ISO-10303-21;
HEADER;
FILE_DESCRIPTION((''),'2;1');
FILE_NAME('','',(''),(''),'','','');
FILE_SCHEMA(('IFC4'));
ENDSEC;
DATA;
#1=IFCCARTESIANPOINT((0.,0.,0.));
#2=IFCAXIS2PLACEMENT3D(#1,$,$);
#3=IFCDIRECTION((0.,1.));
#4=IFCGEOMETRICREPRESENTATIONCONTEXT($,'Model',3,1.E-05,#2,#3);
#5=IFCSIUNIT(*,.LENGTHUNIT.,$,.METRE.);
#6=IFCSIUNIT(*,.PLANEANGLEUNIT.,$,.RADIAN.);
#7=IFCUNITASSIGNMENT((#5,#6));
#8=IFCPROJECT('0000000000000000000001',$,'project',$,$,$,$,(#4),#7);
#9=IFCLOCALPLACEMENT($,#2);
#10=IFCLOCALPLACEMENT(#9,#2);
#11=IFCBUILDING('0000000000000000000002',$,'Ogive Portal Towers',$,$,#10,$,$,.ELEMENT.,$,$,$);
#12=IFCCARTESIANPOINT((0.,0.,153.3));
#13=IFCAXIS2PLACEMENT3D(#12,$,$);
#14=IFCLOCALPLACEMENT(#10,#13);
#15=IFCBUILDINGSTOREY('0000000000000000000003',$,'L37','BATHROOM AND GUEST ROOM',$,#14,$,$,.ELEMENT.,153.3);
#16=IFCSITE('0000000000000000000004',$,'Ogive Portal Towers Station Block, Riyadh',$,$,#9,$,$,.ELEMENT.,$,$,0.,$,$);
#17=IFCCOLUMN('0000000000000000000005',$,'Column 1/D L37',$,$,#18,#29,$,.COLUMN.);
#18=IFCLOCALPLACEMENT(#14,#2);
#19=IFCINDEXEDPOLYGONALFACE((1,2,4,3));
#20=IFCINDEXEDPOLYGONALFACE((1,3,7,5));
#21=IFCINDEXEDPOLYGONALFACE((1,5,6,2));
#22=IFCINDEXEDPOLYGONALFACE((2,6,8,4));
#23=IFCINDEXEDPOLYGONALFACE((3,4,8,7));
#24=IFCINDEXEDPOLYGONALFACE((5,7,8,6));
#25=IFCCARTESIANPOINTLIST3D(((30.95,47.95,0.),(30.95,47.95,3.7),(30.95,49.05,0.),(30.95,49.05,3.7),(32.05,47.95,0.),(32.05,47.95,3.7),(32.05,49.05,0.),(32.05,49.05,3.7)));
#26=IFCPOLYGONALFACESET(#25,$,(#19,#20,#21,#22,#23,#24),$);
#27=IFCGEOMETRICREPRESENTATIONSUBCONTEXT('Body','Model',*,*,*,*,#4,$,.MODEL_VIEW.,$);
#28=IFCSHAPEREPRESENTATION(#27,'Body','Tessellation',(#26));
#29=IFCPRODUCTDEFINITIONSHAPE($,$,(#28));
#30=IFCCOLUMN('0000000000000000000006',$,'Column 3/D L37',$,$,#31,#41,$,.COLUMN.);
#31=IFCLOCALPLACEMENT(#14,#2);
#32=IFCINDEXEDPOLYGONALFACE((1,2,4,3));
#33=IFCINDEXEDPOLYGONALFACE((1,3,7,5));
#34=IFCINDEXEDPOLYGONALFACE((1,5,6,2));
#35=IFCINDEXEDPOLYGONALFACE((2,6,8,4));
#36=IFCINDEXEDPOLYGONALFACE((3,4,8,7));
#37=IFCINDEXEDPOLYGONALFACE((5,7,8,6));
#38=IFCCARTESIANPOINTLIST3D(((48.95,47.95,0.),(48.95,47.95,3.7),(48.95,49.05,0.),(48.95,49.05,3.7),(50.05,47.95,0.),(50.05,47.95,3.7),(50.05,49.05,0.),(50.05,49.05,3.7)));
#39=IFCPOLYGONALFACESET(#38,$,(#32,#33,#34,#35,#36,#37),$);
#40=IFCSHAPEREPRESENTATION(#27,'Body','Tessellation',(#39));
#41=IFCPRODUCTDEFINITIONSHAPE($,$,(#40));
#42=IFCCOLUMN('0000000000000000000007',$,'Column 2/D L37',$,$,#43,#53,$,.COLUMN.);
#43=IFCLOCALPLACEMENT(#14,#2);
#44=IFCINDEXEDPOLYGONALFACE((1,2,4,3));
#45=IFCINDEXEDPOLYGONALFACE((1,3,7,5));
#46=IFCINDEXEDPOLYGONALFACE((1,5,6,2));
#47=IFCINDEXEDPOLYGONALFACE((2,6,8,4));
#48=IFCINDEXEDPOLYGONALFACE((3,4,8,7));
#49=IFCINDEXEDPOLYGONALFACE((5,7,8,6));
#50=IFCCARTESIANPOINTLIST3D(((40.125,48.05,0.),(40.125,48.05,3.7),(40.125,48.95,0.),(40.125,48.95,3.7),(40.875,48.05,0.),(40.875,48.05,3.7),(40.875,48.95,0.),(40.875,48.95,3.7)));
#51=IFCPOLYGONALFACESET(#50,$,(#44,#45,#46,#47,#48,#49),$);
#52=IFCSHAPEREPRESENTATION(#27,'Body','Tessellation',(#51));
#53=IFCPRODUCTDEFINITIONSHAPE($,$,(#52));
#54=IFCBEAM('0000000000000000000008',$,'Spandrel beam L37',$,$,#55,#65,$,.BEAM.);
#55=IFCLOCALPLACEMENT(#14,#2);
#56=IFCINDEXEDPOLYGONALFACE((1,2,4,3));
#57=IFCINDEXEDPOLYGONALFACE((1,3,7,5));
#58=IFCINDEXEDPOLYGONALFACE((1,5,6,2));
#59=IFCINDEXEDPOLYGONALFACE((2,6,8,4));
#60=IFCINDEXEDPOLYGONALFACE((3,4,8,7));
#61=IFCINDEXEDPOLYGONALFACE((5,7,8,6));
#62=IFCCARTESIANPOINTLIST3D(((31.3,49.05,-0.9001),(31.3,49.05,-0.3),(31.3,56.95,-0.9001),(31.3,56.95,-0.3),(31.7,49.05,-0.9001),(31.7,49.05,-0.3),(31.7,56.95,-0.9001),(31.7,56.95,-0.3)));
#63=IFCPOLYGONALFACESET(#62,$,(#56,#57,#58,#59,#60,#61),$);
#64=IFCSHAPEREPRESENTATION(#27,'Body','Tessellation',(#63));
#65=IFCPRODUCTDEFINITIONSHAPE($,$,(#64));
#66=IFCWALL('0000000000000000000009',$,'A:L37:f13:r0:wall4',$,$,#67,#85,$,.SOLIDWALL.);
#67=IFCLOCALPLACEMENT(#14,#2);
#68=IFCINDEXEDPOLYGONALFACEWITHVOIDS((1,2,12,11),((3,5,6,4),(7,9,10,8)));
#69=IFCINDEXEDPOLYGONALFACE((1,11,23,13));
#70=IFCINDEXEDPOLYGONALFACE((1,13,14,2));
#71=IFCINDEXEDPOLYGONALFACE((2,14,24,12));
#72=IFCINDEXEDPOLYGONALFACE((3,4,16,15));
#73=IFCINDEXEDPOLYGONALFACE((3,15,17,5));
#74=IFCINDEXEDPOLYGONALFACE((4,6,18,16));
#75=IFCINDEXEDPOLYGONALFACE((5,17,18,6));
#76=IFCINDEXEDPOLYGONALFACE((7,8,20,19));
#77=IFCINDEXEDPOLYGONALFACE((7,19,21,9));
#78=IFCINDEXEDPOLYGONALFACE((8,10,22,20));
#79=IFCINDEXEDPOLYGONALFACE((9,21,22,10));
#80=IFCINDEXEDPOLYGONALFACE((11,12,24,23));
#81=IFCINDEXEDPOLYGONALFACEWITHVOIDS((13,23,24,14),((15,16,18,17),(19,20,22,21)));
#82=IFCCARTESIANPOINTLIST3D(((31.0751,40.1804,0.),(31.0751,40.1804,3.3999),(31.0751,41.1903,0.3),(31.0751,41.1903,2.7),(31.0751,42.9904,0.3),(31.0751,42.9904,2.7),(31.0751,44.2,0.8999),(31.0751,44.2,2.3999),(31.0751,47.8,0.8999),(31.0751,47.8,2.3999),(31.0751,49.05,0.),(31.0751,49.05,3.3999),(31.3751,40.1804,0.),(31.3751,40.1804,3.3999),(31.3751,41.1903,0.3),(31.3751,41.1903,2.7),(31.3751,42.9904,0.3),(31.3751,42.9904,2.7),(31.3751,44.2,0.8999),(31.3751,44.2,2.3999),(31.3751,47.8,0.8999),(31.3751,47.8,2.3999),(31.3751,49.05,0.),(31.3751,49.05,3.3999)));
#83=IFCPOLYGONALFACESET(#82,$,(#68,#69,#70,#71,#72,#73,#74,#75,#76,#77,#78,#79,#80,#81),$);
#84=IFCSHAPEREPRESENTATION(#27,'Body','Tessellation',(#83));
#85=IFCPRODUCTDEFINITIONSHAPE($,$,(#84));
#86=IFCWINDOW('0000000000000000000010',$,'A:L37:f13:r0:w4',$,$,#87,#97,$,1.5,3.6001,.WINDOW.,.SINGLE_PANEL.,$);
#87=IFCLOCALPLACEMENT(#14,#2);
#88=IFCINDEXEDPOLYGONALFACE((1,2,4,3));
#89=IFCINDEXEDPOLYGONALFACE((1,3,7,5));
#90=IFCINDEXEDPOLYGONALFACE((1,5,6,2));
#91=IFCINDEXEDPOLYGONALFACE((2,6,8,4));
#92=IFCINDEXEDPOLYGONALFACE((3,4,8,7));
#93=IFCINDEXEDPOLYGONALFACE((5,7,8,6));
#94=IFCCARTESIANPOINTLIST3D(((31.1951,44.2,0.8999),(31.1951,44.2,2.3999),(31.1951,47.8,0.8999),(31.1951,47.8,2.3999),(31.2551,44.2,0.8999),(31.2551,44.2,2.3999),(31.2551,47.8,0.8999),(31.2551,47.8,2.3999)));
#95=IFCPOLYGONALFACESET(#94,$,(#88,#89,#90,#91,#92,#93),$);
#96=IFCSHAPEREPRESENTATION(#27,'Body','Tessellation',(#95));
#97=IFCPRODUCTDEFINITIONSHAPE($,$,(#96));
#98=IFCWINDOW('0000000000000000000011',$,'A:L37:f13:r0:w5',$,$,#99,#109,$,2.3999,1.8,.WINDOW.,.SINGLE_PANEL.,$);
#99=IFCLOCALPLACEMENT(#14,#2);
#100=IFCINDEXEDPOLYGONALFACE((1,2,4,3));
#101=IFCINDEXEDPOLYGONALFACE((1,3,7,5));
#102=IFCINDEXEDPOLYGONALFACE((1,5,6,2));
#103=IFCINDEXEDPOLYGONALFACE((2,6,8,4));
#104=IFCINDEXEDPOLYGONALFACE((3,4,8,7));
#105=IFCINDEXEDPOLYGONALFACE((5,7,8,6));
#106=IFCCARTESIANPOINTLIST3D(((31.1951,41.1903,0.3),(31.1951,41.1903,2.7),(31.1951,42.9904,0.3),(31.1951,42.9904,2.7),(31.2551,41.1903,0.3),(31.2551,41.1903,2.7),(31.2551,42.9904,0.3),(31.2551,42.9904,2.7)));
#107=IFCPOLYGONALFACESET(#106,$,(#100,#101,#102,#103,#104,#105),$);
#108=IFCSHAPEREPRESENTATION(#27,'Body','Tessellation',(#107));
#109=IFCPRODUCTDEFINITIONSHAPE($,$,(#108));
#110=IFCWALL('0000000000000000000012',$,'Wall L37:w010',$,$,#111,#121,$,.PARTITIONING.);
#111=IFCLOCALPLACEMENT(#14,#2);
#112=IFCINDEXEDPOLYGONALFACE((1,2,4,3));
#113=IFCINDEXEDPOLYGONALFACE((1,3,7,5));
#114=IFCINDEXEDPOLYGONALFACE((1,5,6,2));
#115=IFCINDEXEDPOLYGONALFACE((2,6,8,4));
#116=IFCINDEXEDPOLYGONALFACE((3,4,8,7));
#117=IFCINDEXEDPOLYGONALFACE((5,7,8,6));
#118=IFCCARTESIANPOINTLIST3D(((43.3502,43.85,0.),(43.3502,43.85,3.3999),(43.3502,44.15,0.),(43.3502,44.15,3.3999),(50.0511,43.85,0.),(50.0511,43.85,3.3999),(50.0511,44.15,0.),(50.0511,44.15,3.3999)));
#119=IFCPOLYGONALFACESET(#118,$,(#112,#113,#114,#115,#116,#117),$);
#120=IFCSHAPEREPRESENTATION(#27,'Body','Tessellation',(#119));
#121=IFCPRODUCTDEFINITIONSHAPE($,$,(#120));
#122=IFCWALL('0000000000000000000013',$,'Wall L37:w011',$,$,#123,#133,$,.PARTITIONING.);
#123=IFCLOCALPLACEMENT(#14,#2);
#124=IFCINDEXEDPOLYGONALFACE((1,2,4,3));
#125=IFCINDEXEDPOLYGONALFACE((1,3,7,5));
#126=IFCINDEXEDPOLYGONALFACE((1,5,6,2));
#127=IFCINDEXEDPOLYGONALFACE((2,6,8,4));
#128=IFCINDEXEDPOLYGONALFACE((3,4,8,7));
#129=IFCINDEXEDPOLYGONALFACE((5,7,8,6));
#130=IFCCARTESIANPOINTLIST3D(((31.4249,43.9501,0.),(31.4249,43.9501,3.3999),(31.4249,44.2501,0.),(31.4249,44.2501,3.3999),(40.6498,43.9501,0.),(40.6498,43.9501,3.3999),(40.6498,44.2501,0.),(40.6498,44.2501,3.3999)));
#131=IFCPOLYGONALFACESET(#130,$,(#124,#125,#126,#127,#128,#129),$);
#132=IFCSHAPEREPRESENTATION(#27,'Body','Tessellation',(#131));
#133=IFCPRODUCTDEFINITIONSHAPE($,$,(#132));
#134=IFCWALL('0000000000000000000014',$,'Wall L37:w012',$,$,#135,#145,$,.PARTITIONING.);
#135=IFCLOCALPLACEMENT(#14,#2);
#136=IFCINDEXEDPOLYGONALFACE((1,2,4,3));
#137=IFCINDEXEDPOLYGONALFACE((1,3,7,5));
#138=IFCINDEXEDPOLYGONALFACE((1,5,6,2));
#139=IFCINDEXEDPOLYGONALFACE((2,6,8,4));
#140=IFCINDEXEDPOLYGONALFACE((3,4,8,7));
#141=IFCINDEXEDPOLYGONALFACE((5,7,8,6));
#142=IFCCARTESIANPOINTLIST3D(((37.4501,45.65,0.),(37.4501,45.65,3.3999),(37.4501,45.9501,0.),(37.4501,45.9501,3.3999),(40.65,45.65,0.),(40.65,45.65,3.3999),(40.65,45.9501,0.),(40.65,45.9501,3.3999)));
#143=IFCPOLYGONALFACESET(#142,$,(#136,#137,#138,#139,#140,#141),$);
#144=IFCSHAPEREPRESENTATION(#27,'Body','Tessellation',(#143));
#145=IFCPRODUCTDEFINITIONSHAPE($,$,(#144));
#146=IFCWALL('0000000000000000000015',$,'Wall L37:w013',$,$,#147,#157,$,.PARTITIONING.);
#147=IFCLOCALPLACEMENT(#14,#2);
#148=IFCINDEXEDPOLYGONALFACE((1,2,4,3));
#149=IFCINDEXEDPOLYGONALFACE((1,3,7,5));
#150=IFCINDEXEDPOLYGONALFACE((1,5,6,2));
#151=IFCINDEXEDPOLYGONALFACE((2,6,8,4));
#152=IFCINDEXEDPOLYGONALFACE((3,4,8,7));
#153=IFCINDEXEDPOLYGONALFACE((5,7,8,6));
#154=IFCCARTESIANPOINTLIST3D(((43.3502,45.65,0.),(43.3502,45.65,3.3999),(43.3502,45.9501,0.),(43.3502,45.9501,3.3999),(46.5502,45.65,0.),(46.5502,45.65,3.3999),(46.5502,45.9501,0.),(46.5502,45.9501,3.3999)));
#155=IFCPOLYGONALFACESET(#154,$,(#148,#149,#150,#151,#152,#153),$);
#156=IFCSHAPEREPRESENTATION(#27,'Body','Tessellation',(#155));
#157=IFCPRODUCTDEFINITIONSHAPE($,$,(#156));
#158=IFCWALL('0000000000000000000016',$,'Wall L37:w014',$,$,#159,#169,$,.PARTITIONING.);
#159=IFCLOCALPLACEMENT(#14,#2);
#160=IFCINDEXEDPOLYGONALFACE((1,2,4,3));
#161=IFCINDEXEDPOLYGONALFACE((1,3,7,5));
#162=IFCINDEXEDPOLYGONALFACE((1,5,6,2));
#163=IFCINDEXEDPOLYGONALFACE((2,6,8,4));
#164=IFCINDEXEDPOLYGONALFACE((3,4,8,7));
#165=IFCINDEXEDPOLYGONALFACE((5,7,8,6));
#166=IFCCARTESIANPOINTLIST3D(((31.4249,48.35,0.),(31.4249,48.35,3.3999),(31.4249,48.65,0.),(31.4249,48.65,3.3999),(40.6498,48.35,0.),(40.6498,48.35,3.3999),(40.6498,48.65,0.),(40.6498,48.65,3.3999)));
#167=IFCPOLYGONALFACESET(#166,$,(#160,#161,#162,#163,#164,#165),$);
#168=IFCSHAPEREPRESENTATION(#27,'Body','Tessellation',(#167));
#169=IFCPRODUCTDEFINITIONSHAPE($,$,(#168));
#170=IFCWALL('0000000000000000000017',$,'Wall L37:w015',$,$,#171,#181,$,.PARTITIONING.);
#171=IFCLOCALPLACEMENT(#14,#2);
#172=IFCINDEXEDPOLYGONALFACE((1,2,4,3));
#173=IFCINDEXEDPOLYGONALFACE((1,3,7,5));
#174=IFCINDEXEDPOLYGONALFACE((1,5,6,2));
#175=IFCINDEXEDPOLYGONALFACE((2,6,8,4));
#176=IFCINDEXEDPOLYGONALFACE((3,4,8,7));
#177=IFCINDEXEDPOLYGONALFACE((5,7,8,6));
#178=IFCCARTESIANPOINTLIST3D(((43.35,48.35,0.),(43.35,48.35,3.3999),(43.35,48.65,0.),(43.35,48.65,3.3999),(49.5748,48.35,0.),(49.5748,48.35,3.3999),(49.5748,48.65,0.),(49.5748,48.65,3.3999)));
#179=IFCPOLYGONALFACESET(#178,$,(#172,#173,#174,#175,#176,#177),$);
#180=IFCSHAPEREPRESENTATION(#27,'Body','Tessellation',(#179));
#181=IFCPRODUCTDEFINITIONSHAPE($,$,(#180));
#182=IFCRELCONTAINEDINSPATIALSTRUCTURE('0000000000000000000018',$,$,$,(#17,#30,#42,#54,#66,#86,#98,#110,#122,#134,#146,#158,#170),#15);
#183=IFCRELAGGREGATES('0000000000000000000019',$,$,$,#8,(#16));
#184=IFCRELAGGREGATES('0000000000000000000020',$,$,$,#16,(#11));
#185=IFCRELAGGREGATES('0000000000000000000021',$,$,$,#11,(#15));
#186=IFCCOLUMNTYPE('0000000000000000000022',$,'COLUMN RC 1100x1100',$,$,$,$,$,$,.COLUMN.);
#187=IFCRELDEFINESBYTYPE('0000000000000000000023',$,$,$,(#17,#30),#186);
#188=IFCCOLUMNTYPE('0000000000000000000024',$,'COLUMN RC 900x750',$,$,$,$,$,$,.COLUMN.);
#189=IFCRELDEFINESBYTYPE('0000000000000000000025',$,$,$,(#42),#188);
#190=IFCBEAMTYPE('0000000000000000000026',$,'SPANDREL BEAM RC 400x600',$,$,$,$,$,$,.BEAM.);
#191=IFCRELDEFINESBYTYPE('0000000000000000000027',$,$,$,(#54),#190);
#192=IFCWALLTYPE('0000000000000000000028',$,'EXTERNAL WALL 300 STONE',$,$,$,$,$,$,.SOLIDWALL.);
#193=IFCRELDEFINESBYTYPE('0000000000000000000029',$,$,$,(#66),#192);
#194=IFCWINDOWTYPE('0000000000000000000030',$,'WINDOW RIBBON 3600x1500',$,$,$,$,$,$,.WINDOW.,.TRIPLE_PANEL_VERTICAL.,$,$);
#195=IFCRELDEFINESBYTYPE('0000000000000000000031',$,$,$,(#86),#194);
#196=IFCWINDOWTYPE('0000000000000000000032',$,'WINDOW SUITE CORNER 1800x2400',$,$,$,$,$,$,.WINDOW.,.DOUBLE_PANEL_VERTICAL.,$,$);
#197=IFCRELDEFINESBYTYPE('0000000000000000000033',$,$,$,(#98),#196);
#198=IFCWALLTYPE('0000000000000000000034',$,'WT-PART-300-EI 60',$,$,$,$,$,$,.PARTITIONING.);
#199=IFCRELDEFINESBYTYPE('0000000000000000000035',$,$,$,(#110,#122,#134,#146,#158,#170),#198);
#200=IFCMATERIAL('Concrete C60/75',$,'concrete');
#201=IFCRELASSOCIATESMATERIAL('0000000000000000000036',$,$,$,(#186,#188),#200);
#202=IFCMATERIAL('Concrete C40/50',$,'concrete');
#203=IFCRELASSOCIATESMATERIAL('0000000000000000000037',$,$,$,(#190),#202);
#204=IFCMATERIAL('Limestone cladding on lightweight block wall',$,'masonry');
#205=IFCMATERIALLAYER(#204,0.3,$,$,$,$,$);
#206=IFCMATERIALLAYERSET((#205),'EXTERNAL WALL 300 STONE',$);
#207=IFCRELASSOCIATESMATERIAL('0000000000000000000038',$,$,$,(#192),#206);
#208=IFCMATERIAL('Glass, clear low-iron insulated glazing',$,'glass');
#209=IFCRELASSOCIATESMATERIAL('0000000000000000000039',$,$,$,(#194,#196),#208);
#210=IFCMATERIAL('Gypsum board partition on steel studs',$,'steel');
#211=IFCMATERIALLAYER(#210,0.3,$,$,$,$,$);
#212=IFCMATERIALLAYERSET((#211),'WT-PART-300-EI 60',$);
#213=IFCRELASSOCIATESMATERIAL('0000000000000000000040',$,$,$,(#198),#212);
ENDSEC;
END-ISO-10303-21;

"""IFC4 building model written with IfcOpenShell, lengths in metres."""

from ifc_helpers import new_model, si_unit, direction, frame, frame_2d, origin, origin_2d, place, context, subcontext, project, spatial, rectangle, extrude, material, layer, layer_set, material_profile, profile_set, type_object, element, fill, save


model = new_model("IFC4")

# Units and contexts
model_context = context("Model", 3, precision=1e-05, world=origin(), true_north=direction((0.0, 1.0)))
body_context = subcontext(model_context, "Body", "Model", "MODEL_VIEW")
ifc_project = project(units=[si_unit("LENGTHUNIT", "METRE"), si_unit("PLANEANGLEUNIT", "RADIAN")], contexts=[model_context])

# Site, building, storey
site_placement = place(None, origin())
site = spatial("IfcSite", under=ifc_project, at=site_placement, Name="Ogive Portal Towers Station Block, Riyadh", CompositionType="ELEMENT", RefElevation=0.0)
building_placement = place(site_placement, origin())
building = spatial("IfcBuilding", under=site, at=building_placement, Name="Ogive Portal Towers", CompositionType="ELEMENT")
storey_placement = place(building_placement, frame((0.0, 0.0, 153.3)))
storey = spatial("IfcBuildingStorey", under=building, at=storey_placement, Name="L37", Description="BATHROOM AND GUEST ROOM", CompositionType="ELEMENT", Elevation=153.3)

# Columns
ifc_material_1 = material(Name="Concrete C60/75", Category="concrete")
ifc_material_profile_1 = material_profile(ifc_material_1, rectangle(XDim=1.1001, YDim=1.1001, at=origin_2d()), Name="RC 1100x1100")
ifc_profile_set_1 = profile_set([ifc_material_profile_1], Name="Concrete C60/75")
column_type_1 = type_object("IfcColumnType", Name="COLUMN RC 1100x1100", PredefinedType="COLUMN", material=ifc_profile_set_1)
for number, where, z_axis, x_axis, name in (
    (1, (31.5, 48.5, 0.0), (0.0, 0.0, 1.0), (1.0, 0.0, 0.0), "Column 1/D L37"),
    (2, (49.5, 48.5, 0.0), (0.0, 0.0, 1.0), (1.0, 0.0, 0.0), "Column 3/D L37"),
):
    element("IfcColumn", number, at=place(storey_placement, frame(where, z_axis=z_axis, x_axis=x_axis)), inside=storey, type_object=column_type_1, Name=name, PredefinedType="COLUMN", context=body_context, shape_type="SweptSolid", body=[
        extrude(rectangle(XDim=1.1001, YDim=1.1001, at=origin_2d()), origin(), (0.0, 0.0, 1.0), 3.7),
    ])
ifc_material_profile_2 = material_profile(ifc_material_1, rectangle(XDim=0.8999, YDim=0.75, at=origin_2d()), Name="RC 900x750")
ifc_profile_set_2 = profile_set([ifc_material_profile_2], Name="Concrete C60/75")
column_type_2 = type_object("IfcColumnType", Name="COLUMN RC 900x750", PredefinedType="COLUMN", material=ifc_profile_set_2)
column_placement = place(storey_placement, frame((40.5, 48.5, 0.0), z_axis=(0.0, 0.0, 1.0), x_axis=(0.0, 1.0, 0.0)))
element("IfcColumn", 3, at=column_placement, inside=storey, type_object=column_type_2, Name="Column 2/D L37", PredefinedType="COLUMN", context=body_context, shape_type="SweptSolid", body=[
    extrude(rectangle(XDim=0.8999, YDim=0.75, at=origin_2d()), origin(), (0.0, 0.0, 1.0), 3.7),
])

# Beam
ifc_material_2 = material(Name="Concrete C40/50", Category="concrete")
ifc_material_profile_3 = material_profile(ifc_material_2, rectangle(XDim=0.3999, YDim=0.6001, at=origin_2d()), Name="RC 400x600")
ifc_profile_set_3 = profile_set([ifc_material_profile_3], Name="Concrete C40/50")
beam_type = type_object("IfcBeamType", Name="SPANDREL BEAM RC 400x600", PredefinedType="BEAM", material=ifc_profile_set_3)
beam_placement = place(storey_placement, frame((31.5, 49.05, -0.6001), z_axis=(0.0, 1.0, 0.0), x_axis=(-1.0, 0.0, 0.0)))
element("IfcBeam", 4, at=beam_placement, inside=storey, type_object=beam_type, Name="Spandrel beam L37", PredefinedType="BEAM", context=body_context, shape_type="SweptSolid", body=[
    extrude(rectangle(XDim=0.3999, YDim=0.6001, at=origin_2d()), origin(), (0.0, 0.0, 1.0), 7.8999),
])

# Wall, openings, windows
ifc_material_3 = material(Name="Limestone cladding on lightweight block wall", Category="masonry")
ifc_layer_1 = layer(ifc_material_3, 0.3)
ifc_layer_set_1 = layer_set([ifc_layer_1], Name="EXTERNAL WALL 300 STONE")
wall_type_1 = type_object("IfcWallType", Name="EXTERNAL WALL 300 STONE", PredefinedType="SOLIDWALL", material=ifc_layer_set_1)
wall_1_placement = place(storey_placement, frame((31.2251, 49.05, 0.0), z_axis=(0.0, 0.0, 1.0), x_axis=(0.0, -1.0, 0.0)))
wall_1 = element("IfcWall", 5, at=wall_1_placement, inside=storey, type_object=wall_type_1, Name="A:L37:f13:r0:wall4", PredefinedType="SOLIDWALL", context=body_context, shape_type="SweptSolid", body=[
    extrude(rectangle(XDim=8.8696, YDim=0.3, at=frame_2d((4.4348, 0.0))), origin(), (0.0, 0.0, 1.0), 3.3999),
])
opening_1_placement = place(wall_1_placement, frame((1.25, 0.0, 0.8999)))
opening_1 = element("IfcOpeningElement", 6, at=opening_1_placement, cuts=wall_1, PredefinedType="OPENING", context=body_context, shape_type="SweptSolid", body=[
    extrude(rectangle(XDim=3.6001, YDim=1.5, at=frame_2d((1.8, 0.75))), frame((0.0, 0.1602, 0.0), z_axis=(0.0, -1.0, 0.0), x_axis=(1.0, 0.0, 0.0)), (0.0, 0.0, 1.0), 0.3201),
])
opening_2_placement = place(wall_1_placement, frame((6.0598, 0.0, 0.3)))
opening_2 = element("IfcOpeningElement", 7, at=opening_2_placement, cuts=wall_1, PredefinedType="OPENING", context=body_context, shape_type="SweptSolid", body=[
    extrude(rectangle(XDim=1.8, YDim=2.3999, at=frame_2d((0.8999, 1.2))), frame((0.0, 0.1602, 0.0), z_axis=(0.0, -1.0, 0.0), x_axis=(1.0, 0.0, 0.0)), (0.0, 0.0, 1.0), 0.3201),
])
ifc_material_4 = material(Name="Glass, clear low-iron insulated glazing", Category="glass")
window_type_1 = type_object("IfcWindowType", Name="WINDOW RIBBON 3600x1500", PartitioningType="TRIPLE_PANEL_VERTICAL", PredefinedType="WINDOW", material=ifc_material_4)
window_1_placement = place(opening_1_placement, origin())
window_1 = element("IfcWindow", 8, at=window_1_placement, inside=storey, type_object=window_type_1, Name="A:L37:f13:r0:w4", OverallHeight=1.5, OverallWidth=3.6001, PartitioningType="SINGLE_PANEL", PredefinedType="WINDOW", context=body_context, shape_type="SweptSolid", body=[
    extrude(rectangle(XDim=3.6001, YDim=1.5, at=frame_2d((1.8, 0.75))), frame((0.0, 0.03, 0.0), z_axis=(0.0, -1.0, 0.0), x_axis=(1.0, 0.0, 0.0)), (0.0, 0.0, 1.0), 0.0601),
])
fill(opening_1, window_1)
window_type_2 = type_object("IfcWindowType", Name="WINDOW SUITE CORNER 1800x2400", PartitioningType="DOUBLE_PANEL_VERTICAL", PredefinedType="WINDOW", material=ifc_material_4)
window_2_placement = place(opening_2_placement, origin())
window_2 = element("IfcWindow", 9, at=window_2_placement, inside=storey, type_object=window_type_2, Name="A:L37:f13:r0:w5", OverallHeight=2.3999, OverallWidth=1.8, PartitioningType="SINGLE_PANEL", PredefinedType="WINDOW", context=body_context, shape_type="SweptSolid", body=[
    extrude(rectangle(XDim=1.8, YDim=2.3999, at=frame_2d((0.8999, 1.2))), frame((0.0, 0.03, 0.0), z_axis=(0.0, -1.0, 0.0), x_axis=(1.0, 0.0, 0.0)), (0.0, 0.0, 1.0), 0.0601),
])
fill(opening_2, window_2)

# Walls
ifc_material_5 = material(Name="Gypsum board partition on steel studs", Category="steel")
ifc_layer_2 = layer(ifc_material_5, 0.3)
ifc_layer_set_2 = layer_set([ifc_layer_2], Name="WT-PART-300-EI 60")
wall_type_2 = type_object("IfcWallType", Name="WT-PART-300-EI 60", PredefinedType="PARTITIONING", material=ifc_layer_set_2)
wall_2_placement = place(storey_placement, frame((43.3501, 44.0, 0.0), z_axis=(0.0, 0.0, 1.0), x_axis=(1.0, 0.0, 0.0)))
element("IfcWall", 10, at=wall_2_placement, inside=storey, type_object=wall_type_2, Name="Wall L37:w010", PredefinedType="PARTITIONING", context=body_context, shape_type="SweptSolid", body=[
    extrude(rectangle(XDim=6.7009, YDim=0.3, at=frame_2d((3.3506, 0.0))), origin(), (0.0, 0.0, 1.0), 3.3999),
])
wall_3_placement = place(storey_placement, frame((31.425, 44.1001, 0.0), z_axis=(0.0, 0.0, 1.0), x_axis=(1.0, 0.0, 0.0)))
element("IfcWall", 11, at=wall_3_placement, inside=storey, type_object=wall_type_2, Name="Wall L37:w011", PredefinedType="PARTITIONING", context=body_context, shape_type="SweptSolid", body=[
    extrude(rectangle(XDim=9.2249, YDim=0.3, at=frame_2d((4.6123, 0.0))), origin(), (0.0, 0.0, 1.0), 3.3999),
])
for number, where, z_axis, x_axis, name in (
    (12, (37.45, 45.8, 0.0), (0.0, 0.0, 1.0), (1.0, 0.0, 0.0), "Wall L37:w012"),
    (13, (43.3501, 45.8, 0.0), (0.0, 0.0, 1.0), (1.0, 0.0, 0.0), "Wall L37:w013"),
):
    element("IfcWall", number, at=place(storey_placement, frame(where, z_axis=z_axis, x_axis=x_axis)), inside=storey, type_object=wall_type_2, Name=name, PredefinedType="PARTITIONING", context=body_context, shape_type="SweptSolid", body=[
        extrude(rectangle(XDim=3.2, YDim=0.3, at=frame_2d((1.6001, 0.0))), origin(), (0.0, 0.0, 1.0), 3.3999),
    ])
wall_4_placement = place(storey_placement, frame((31.425, 48.5, 0.0), z_axis=(0.0, 0.0, 1.0), x_axis=(1.0, 0.0, 0.0)))
element("IfcWall", 14, at=wall_4_placement, inside=storey, type_object=wall_type_2, Name="Wall L37:w014", PredefinedType="PARTITIONING", context=body_context, shape_type="SweptSolid", body=[
    extrude(rectangle(XDim=9.2249, YDim=0.3, at=frame_2d((4.6123, 0.0))), origin(), (0.0, 0.0, 1.0), 3.3999),
])
wall_5_placement = place(storey_placement, frame((43.3501, 48.5, 0.0), z_axis=(0.0, 0.0, 1.0), x_axis=(1.0, 0.0, 0.0)))
element("IfcWall", 15, at=wall_5_placement, inside=storey, type_object=wall_type_2, Name="Wall L37:w015", PredefinedType="PARTITIONING", context=body_context, shape_type="SweptSolid", body=[
    extrude(rectangle(XDim=6.2249, YDim=0.3, at=frame_2d((3.1123, 0.0))), origin(), (0.0, 0.0, 1.0), 3.3999),
])

save(model, "model.ifc")
